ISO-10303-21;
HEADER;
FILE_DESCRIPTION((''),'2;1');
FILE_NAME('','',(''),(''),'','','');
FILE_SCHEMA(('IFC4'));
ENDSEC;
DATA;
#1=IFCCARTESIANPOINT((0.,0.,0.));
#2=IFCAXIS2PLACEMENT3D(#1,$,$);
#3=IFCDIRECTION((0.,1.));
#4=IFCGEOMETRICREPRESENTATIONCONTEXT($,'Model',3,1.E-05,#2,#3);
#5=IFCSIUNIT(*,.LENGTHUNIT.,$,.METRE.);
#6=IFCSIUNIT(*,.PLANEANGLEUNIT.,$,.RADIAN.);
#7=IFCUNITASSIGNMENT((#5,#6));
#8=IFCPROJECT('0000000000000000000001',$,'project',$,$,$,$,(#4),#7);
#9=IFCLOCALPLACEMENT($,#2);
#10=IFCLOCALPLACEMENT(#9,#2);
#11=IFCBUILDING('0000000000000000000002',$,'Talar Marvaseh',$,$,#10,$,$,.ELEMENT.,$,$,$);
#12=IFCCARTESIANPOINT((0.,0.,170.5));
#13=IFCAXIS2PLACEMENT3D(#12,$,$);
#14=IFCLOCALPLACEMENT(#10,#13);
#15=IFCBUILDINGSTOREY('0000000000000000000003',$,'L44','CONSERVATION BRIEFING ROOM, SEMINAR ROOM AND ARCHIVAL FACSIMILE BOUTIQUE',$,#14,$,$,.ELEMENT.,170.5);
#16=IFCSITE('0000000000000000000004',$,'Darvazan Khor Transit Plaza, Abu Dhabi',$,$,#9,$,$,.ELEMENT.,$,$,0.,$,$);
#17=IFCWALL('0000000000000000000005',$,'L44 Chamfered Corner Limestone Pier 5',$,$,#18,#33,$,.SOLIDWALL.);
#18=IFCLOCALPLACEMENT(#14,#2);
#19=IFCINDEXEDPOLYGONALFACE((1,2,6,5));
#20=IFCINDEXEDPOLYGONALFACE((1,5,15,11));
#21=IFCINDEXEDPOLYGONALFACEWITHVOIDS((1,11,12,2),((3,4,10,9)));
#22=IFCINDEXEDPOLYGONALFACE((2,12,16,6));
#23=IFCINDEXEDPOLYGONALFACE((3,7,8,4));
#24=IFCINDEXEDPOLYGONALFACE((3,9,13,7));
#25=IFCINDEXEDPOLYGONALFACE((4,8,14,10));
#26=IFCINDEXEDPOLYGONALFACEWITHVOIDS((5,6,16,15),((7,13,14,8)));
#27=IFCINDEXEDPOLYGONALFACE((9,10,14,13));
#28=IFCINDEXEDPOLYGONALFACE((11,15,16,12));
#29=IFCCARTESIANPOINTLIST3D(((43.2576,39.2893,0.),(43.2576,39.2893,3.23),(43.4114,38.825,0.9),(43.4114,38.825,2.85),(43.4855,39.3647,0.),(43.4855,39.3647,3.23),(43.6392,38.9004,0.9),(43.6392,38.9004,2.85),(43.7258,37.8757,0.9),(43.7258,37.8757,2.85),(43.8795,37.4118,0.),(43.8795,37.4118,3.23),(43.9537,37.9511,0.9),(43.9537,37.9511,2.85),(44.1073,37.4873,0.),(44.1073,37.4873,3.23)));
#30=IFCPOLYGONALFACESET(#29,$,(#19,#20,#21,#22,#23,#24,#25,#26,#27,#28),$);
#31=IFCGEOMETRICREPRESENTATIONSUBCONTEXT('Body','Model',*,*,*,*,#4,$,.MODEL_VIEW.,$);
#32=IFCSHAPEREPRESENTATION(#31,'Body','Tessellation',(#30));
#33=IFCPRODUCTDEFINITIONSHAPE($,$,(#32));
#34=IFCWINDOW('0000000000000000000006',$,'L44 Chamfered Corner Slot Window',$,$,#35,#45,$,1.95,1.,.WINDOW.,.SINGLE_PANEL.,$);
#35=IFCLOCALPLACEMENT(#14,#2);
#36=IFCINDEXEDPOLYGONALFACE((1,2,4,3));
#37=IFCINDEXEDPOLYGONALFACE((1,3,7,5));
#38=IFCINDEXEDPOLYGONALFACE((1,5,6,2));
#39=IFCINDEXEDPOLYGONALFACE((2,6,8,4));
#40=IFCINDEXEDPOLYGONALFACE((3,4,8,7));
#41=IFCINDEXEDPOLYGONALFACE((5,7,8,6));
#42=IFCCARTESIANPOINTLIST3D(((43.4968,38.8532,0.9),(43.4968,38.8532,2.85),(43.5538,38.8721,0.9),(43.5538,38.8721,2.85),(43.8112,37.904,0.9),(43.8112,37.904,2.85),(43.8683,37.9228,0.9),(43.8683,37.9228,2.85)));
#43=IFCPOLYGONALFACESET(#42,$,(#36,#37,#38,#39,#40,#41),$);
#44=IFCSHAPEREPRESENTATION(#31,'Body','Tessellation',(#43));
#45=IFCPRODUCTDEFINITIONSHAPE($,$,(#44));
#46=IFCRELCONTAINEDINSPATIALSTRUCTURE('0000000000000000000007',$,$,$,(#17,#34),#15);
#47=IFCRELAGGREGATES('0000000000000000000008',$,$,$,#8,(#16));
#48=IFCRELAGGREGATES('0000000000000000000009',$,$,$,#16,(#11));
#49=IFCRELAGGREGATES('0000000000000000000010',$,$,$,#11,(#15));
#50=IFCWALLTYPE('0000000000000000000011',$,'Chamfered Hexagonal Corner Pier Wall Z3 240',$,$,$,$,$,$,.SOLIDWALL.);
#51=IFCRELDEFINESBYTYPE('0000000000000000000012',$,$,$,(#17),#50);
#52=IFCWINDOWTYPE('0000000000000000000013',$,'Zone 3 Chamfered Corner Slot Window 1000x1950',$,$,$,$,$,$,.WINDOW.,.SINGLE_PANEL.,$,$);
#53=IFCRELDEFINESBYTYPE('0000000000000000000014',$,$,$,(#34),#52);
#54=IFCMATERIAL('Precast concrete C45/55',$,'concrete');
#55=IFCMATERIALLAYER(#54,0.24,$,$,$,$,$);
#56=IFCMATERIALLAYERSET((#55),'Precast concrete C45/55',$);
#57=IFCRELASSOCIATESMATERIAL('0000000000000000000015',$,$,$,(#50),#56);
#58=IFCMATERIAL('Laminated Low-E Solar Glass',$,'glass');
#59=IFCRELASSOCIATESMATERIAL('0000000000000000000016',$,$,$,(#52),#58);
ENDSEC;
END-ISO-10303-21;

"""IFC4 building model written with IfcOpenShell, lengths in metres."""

from ifc_helpers import new_model, si_unit, direction, frame, frame_2d, origin, place, context, subcontext, project, spatial, rectangle, extrude, source, transform, mapped, material, layer, layer_set, type_object, type_shapes, element, fill, save


model = new_model("IFC4")

# Units and contexts
model_context = context("Model", 3, precision=1e-05, world=origin(), true_north=direction((0.0, 1.0)))
body_context = subcontext(model_context, "Body", "Model", "MODEL_VIEW")
ifc_project = project(units=[si_unit("LENGTHUNIT", "METRE"), si_unit("PLANEANGLEUNIT", "RADIAN")], contexts=[model_context])

# Site, building, storey
site_placement = place(None, origin())
site = spatial("IfcSite", under=ifc_project, at=site_placement, Name="Darvazan Khor Transit Plaza, Abu Dhabi", CompositionType="ELEMENT", RefElevation=0.0)
building_placement = place(site_placement, origin())
building = spatial("IfcBuilding", under=site, at=building_placement, Name="Talar Marvaseh", CompositionType="ELEMENT")
storey_placement = place(building_placement, frame((0.0, 0.0, 170.5)))
storey = spatial("IfcBuildingStorey", under=building, at=storey_placement, Name="L44", Description="CONSERVATION BRIEFING ROOM, SEMINAR ROOM AND ARCHIVAL FACSIMILE BOUTIQUE", CompositionType="ELEMENT", Elevation=170.5)

# Shared definitions
ifc_material_1 = material(Name="Laminated Low-E Solar Glass", Category="glass")

# Wall, opening, window
ifc_material_2 = material(Name="Precast concrete C45/55", Category="concrete")
ifc_layer_1 = layer(ifc_material_2, 0.24)
ifc_layer_set_1 = layer_set([ifc_layer_1], Name="Precast concrete C45/55")
wall_type = type_object("IfcWallType", Name="Chamfered Hexagonal Corner Pier Wall Z3 240", PredefinedType="SOLIDWALL", material=ifc_layer_set_1)
wall_placement = place(storey_placement, frame((43.3716, 39.3269, 0.0), z_axis=(0.0, 0.0, 1.0), x_axis=(0.314413, -0.949286, 0.0)))
wall = element("IfcWall", 1, at=wall_placement, inside=storey, type_object=wall_type, Name="L44 Chamfered Corner Limestone Pier 5", PredefinedType="SOLIDWALL", context=body_context, shape_type="SweptSolid", body=[
    extrude(rectangle(XDim=1.9778, YDim=0.24, at=frame_2d((0.9888, 0.0))), origin(), (0.0, 0.0, 1.0), 3.23),
])
opening_placement = place(wall_placement, frame((0.489, 0.0, 0.8999)))
opening = element("IfcOpeningElement", 2, at=opening_placement, cuts=wall, PredefinedType="OPENING", context=body_context, shape_type="SweptSolid", body=[
    extrude(rectangle(XDim=1.0, YDim=1.95, at=frame_2d((0.5, 0.9751))), frame((0.0, 0.1299, 0.0), z_axis=(0.0, -1.0, 0.0), x_axis=(1.0, 0.0, 0.0)), (0.0, 0.0, 1.0), 0.26),
])
window_type = type_object("IfcWindowType", Name="Zone 3 Chamfered Corner Slot Window 1000x1950", PartitioningType="SINGLE_PANEL", PredefinedType="WINDOW", material=ifc_material_1)
shared_shape_1 = source(origin(), body_context, "Body", "SweptSolid", [
    extrude(rectangle(XDim=1.0, YDim=1.95, at=frame_2d((0.5, 0.9751))), frame((0.0, 0.03, 0.0), z_axis=(0.0, -1.0, 0.0), x_axis=(1.0, 0.0, 0.0)), (0.0, 0.0, 1.0), 0.0601),
])
type_shapes(window_type, [shared_shape_1])
window_placement = place(opening_placement, origin())
window = element("IfcWindow", 3, at=window_placement, inside=storey, type_object=window_type, Name="L44 Chamfered Corner Slot Window", OverallHeight=1.95, OverallWidth=1.0, PartitioningType="SINGLE_PANEL", PredefinedType="WINDOW", context=body_context, shape_type="MappedRepresentation", body=[
    mapped(shared_shape_1, transform((0.0, 0.0, 0.0), x_axis=(1.0, 0.0, 0.0), y_axis=(0.0, 1.0, 0.0), z_axis=(0.0, 0.0, 1.0), scale=1.0)),
])
fill(opening, window)

save(model, "model.ifc")
